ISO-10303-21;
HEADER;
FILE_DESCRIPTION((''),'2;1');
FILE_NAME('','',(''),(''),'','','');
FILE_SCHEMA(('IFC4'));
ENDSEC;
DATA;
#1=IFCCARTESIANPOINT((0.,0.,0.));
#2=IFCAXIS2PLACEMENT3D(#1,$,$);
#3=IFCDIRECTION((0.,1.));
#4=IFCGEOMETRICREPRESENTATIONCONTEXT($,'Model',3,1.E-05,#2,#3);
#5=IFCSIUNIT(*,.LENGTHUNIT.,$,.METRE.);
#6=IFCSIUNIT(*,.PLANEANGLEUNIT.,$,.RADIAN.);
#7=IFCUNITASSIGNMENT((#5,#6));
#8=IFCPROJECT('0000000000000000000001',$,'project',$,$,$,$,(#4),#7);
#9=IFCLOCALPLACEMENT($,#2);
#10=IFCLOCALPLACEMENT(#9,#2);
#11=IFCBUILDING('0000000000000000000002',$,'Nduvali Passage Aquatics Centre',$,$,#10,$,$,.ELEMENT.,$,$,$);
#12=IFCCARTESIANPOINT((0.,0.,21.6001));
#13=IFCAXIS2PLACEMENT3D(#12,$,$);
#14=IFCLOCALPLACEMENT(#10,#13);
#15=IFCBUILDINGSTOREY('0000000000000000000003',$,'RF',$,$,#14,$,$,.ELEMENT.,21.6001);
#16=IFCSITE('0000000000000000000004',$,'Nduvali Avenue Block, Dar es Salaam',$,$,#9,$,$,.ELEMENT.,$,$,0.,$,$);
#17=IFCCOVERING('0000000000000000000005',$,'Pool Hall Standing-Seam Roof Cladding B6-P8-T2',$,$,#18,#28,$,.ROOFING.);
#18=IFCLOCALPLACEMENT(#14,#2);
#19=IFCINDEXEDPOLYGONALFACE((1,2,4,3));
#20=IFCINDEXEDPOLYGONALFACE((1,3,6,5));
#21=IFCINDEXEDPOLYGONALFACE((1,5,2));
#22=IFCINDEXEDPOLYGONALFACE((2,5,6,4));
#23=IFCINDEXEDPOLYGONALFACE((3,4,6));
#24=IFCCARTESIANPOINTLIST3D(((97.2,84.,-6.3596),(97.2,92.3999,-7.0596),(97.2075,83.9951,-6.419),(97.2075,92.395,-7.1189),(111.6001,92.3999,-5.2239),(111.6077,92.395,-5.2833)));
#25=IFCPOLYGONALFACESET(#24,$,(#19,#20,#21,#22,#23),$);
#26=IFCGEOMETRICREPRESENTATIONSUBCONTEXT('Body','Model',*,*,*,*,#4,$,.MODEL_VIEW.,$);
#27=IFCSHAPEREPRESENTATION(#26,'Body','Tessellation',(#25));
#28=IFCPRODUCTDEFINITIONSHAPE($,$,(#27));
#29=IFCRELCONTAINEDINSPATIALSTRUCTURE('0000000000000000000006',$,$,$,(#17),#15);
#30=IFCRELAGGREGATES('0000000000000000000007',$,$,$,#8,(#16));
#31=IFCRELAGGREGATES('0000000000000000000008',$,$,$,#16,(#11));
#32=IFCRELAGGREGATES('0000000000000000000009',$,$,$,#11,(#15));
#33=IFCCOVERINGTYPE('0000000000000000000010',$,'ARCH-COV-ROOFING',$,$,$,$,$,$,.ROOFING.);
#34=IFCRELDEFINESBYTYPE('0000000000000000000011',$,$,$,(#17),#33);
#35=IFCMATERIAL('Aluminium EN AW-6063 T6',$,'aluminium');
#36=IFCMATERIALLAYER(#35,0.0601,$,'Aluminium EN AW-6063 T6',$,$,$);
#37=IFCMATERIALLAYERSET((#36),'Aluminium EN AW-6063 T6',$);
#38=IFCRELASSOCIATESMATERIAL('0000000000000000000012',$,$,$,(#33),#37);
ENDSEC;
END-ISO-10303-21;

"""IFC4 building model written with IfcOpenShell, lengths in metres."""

from ifc_helpers import new_model, si_unit, direction, frame, origin, place, context, subcontext, project, spatial, polyline, outline, extrude, material, layer, layer_set, type_object, element, save


model = new_model("IFC4")

# Units and contexts
model_context = context("Model", 3, precision=1e-05, world=origin(), true_north=direction((0.0, 1.0)))
body_context = subcontext(model_context, "Body", "Model", "MODEL_VIEW")
ifc_project = project(units=[si_unit("LENGTHUNIT", "METRE"), si_unit("PLANEANGLEUNIT", "RADIAN")], contexts=[model_context])

# Site, building, storey
site_placement = place(None, origin())
site = spatial("IfcSite", under=ifc_project, at=site_placement, Name="Nduvali Avenue Block, Dar es Salaam", CompositionType="ELEMENT", RefElevation=0.0)
building_placement = place(site_placement, origin())
building = spatial("IfcBuilding", under=site, at=building_placement, Name="Nduvali Passage Aquatics Centre", CompositionType="ELEMENT")
storey_placement = place(building_placement, frame((0.0, 0.0, 21.6001)))
storey = spatial("IfcBuildingStorey", under=building, at=storey_placement, Name="RF", CompositionType="ELEMENT", Elevation=21.6001)

# Covering
ifc_material_1 = material(Name="Aluminium EN AW-6063 T6", Category="aluminium")
ifc_layer_1 = layer(ifc_material_1, 0.0601, Name="Aluminium EN AW-6063 T6")
ifc_layer_set_1 = layer_set([ifc_layer_1], Name="Aluminium EN AW-6063 T6")
covering_type = type_object("IfcCoveringType", Name="ARCH-COV-ROOFING", PredefinedType="ROOFING", material=ifc_layer_set_1)
covering_1_placement = place(storey_placement, frame((97.2, 84.0, -6.3596), z_axis=(-0.126024, 0.082379, 0.988601), x_axis=(0.861786, 0.502698, 0.067969)))
element("IfcCovering", 1, at=covering_1_placement, inside=storey, type_object=covering_type, Name="Pool Hall Standing-Seam Roof Cladding B6-P8-T2", PredefinedType="ROOFING", context=body_context, shape_type="SweptSolid", body=[
    extrude(outline(polyline([(0.0, 0.0), (16.7097, 0.0), (4.175, 7.3224), (0.0, 0.0)])), origin(), (0.0, 0.0, -1.0), 0.0601),
])

save(model, "model.ifc")
